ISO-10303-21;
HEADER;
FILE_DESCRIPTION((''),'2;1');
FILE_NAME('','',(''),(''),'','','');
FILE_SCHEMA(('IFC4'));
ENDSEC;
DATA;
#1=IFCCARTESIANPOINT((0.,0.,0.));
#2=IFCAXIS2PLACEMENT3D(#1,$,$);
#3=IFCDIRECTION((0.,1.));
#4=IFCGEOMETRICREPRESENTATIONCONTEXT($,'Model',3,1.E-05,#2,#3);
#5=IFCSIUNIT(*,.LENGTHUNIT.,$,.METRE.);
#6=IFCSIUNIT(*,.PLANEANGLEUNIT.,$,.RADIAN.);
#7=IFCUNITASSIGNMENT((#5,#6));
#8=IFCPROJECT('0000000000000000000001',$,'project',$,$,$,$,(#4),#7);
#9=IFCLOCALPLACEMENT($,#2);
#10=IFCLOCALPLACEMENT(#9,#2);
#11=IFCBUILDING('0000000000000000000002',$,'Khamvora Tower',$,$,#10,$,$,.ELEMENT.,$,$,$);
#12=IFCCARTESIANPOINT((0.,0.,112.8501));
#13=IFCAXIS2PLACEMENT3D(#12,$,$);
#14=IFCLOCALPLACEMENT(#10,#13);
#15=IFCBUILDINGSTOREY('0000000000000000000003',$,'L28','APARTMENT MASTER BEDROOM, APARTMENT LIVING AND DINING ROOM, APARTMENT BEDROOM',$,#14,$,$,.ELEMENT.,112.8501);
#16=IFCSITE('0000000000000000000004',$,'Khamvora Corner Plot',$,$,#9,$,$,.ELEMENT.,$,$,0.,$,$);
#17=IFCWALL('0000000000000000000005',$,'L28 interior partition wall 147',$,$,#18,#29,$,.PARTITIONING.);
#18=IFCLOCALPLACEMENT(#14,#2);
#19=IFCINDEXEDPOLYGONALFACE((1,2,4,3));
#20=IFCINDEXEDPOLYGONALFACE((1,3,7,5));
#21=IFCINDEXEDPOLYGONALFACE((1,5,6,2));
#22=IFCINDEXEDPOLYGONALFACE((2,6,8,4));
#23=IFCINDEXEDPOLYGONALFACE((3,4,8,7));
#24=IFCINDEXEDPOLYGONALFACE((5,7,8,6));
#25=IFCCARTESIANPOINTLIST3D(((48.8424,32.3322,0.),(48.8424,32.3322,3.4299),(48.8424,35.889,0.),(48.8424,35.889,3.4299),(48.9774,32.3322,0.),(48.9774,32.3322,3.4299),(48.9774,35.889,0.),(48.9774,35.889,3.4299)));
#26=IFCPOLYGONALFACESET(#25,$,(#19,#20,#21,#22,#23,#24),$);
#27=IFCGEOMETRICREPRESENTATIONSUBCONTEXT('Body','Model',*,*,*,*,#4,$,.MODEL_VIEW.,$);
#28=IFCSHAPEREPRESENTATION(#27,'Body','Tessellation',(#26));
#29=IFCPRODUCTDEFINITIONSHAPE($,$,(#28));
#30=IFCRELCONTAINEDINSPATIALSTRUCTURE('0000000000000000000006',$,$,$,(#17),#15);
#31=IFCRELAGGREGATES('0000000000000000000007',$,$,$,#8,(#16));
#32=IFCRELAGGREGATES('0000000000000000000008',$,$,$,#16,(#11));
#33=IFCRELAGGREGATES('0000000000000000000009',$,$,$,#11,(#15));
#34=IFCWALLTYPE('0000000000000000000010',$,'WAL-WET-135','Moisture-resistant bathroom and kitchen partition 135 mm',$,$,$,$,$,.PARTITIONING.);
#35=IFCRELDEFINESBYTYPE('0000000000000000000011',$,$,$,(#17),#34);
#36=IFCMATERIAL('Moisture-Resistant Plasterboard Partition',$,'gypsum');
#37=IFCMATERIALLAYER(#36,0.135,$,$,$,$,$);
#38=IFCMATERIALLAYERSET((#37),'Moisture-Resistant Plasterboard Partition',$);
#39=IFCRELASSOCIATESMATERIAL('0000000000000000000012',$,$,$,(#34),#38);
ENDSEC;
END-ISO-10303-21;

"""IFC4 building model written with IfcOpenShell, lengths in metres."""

from ifc_helpers import new_model, si_unit, direction, frame, frame_2d, origin, place, context, subcontext, project, spatial, rectangle, extrude, material, layer, layer_set, type_object, element, save


model = new_model("IFC4")

# Units and contexts
model_context = context("Model", 3, precision=1e-05, world=origin(), true_north=direction((0.0, 1.0)))
body_context = subcontext(model_context, "Body", "Model", "MODEL_VIEW")
ifc_project = project(units=[si_unit("LENGTHUNIT", "METRE"), si_unit("PLANEANGLEUNIT", "RADIAN")], contexts=[model_context])

# Site, building, storey
site_placement = place(None, origin())
site = spatial("IfcSite", under=ifc_project, at=site_placement, Name="Khamvora Corner Plot", CompositionType="ELEMENT", RefElevation=0.0)
building_placement = place(site_placement, origin())
building = spatial("IfcBuilding", under=site, at=building_placement, Name="Khamvora Tower", CompositionType="ELEMENT")
storey_placement = place(building_placement, frame((0.0, 0.0, 112.8501)))
storey = spatial("IfcBuildingStorey", under=building, at=storey_placement, Name="L28", Description="APARTMENT MASTER BEDROOM, APARTMENT LIVING AND DINING ROOM, APARTMENT BEDROOM", CompositionType="ELEMENT", Elevation=112.8501)

# Shared definitions
ifc_material_1 = material(Name="Moisture-Resistant Plasterboard Partition", Category="gypsum")
ifc_layer_1 = layer(ifc_material_1, 0.135)
ifc_layer_set_1 = layer_set([ifc_layer_1], Name="Moisture-Resistant Plasterboard Partition")
wall_type_1 = type_object("IfcWallType", Name="WAL-WET-135", Description="Moisture-resistant bathroom and kitchen partition 135 mm", PredefinedType="PARTITIONING", material=ifc_layer_set_1)

# Wall
wall_1_placement = place(storey_placement, frame((48.9099, 35.8889, 0.0), z_axis=(0.0, 0.0, 1.0), x_axis=(0.0, -1.0, 0.0)))
element("IfcWall", 1, at=wall_1_placement, inside=storey, type_object=wall_type_1, Name="L28 interior partition wall 147", PredefinedType="PARTITIONING", context=body_context, shape_type="SweptSolid", body=[
    extrude(rectangle(XDim=3.5569, YDim=0.135, at=frame_2d((1.7783, 0.0))), origin(), (0.0, 0.0, 1.0), 3.4299),
])

save(model, "model.ifc")
